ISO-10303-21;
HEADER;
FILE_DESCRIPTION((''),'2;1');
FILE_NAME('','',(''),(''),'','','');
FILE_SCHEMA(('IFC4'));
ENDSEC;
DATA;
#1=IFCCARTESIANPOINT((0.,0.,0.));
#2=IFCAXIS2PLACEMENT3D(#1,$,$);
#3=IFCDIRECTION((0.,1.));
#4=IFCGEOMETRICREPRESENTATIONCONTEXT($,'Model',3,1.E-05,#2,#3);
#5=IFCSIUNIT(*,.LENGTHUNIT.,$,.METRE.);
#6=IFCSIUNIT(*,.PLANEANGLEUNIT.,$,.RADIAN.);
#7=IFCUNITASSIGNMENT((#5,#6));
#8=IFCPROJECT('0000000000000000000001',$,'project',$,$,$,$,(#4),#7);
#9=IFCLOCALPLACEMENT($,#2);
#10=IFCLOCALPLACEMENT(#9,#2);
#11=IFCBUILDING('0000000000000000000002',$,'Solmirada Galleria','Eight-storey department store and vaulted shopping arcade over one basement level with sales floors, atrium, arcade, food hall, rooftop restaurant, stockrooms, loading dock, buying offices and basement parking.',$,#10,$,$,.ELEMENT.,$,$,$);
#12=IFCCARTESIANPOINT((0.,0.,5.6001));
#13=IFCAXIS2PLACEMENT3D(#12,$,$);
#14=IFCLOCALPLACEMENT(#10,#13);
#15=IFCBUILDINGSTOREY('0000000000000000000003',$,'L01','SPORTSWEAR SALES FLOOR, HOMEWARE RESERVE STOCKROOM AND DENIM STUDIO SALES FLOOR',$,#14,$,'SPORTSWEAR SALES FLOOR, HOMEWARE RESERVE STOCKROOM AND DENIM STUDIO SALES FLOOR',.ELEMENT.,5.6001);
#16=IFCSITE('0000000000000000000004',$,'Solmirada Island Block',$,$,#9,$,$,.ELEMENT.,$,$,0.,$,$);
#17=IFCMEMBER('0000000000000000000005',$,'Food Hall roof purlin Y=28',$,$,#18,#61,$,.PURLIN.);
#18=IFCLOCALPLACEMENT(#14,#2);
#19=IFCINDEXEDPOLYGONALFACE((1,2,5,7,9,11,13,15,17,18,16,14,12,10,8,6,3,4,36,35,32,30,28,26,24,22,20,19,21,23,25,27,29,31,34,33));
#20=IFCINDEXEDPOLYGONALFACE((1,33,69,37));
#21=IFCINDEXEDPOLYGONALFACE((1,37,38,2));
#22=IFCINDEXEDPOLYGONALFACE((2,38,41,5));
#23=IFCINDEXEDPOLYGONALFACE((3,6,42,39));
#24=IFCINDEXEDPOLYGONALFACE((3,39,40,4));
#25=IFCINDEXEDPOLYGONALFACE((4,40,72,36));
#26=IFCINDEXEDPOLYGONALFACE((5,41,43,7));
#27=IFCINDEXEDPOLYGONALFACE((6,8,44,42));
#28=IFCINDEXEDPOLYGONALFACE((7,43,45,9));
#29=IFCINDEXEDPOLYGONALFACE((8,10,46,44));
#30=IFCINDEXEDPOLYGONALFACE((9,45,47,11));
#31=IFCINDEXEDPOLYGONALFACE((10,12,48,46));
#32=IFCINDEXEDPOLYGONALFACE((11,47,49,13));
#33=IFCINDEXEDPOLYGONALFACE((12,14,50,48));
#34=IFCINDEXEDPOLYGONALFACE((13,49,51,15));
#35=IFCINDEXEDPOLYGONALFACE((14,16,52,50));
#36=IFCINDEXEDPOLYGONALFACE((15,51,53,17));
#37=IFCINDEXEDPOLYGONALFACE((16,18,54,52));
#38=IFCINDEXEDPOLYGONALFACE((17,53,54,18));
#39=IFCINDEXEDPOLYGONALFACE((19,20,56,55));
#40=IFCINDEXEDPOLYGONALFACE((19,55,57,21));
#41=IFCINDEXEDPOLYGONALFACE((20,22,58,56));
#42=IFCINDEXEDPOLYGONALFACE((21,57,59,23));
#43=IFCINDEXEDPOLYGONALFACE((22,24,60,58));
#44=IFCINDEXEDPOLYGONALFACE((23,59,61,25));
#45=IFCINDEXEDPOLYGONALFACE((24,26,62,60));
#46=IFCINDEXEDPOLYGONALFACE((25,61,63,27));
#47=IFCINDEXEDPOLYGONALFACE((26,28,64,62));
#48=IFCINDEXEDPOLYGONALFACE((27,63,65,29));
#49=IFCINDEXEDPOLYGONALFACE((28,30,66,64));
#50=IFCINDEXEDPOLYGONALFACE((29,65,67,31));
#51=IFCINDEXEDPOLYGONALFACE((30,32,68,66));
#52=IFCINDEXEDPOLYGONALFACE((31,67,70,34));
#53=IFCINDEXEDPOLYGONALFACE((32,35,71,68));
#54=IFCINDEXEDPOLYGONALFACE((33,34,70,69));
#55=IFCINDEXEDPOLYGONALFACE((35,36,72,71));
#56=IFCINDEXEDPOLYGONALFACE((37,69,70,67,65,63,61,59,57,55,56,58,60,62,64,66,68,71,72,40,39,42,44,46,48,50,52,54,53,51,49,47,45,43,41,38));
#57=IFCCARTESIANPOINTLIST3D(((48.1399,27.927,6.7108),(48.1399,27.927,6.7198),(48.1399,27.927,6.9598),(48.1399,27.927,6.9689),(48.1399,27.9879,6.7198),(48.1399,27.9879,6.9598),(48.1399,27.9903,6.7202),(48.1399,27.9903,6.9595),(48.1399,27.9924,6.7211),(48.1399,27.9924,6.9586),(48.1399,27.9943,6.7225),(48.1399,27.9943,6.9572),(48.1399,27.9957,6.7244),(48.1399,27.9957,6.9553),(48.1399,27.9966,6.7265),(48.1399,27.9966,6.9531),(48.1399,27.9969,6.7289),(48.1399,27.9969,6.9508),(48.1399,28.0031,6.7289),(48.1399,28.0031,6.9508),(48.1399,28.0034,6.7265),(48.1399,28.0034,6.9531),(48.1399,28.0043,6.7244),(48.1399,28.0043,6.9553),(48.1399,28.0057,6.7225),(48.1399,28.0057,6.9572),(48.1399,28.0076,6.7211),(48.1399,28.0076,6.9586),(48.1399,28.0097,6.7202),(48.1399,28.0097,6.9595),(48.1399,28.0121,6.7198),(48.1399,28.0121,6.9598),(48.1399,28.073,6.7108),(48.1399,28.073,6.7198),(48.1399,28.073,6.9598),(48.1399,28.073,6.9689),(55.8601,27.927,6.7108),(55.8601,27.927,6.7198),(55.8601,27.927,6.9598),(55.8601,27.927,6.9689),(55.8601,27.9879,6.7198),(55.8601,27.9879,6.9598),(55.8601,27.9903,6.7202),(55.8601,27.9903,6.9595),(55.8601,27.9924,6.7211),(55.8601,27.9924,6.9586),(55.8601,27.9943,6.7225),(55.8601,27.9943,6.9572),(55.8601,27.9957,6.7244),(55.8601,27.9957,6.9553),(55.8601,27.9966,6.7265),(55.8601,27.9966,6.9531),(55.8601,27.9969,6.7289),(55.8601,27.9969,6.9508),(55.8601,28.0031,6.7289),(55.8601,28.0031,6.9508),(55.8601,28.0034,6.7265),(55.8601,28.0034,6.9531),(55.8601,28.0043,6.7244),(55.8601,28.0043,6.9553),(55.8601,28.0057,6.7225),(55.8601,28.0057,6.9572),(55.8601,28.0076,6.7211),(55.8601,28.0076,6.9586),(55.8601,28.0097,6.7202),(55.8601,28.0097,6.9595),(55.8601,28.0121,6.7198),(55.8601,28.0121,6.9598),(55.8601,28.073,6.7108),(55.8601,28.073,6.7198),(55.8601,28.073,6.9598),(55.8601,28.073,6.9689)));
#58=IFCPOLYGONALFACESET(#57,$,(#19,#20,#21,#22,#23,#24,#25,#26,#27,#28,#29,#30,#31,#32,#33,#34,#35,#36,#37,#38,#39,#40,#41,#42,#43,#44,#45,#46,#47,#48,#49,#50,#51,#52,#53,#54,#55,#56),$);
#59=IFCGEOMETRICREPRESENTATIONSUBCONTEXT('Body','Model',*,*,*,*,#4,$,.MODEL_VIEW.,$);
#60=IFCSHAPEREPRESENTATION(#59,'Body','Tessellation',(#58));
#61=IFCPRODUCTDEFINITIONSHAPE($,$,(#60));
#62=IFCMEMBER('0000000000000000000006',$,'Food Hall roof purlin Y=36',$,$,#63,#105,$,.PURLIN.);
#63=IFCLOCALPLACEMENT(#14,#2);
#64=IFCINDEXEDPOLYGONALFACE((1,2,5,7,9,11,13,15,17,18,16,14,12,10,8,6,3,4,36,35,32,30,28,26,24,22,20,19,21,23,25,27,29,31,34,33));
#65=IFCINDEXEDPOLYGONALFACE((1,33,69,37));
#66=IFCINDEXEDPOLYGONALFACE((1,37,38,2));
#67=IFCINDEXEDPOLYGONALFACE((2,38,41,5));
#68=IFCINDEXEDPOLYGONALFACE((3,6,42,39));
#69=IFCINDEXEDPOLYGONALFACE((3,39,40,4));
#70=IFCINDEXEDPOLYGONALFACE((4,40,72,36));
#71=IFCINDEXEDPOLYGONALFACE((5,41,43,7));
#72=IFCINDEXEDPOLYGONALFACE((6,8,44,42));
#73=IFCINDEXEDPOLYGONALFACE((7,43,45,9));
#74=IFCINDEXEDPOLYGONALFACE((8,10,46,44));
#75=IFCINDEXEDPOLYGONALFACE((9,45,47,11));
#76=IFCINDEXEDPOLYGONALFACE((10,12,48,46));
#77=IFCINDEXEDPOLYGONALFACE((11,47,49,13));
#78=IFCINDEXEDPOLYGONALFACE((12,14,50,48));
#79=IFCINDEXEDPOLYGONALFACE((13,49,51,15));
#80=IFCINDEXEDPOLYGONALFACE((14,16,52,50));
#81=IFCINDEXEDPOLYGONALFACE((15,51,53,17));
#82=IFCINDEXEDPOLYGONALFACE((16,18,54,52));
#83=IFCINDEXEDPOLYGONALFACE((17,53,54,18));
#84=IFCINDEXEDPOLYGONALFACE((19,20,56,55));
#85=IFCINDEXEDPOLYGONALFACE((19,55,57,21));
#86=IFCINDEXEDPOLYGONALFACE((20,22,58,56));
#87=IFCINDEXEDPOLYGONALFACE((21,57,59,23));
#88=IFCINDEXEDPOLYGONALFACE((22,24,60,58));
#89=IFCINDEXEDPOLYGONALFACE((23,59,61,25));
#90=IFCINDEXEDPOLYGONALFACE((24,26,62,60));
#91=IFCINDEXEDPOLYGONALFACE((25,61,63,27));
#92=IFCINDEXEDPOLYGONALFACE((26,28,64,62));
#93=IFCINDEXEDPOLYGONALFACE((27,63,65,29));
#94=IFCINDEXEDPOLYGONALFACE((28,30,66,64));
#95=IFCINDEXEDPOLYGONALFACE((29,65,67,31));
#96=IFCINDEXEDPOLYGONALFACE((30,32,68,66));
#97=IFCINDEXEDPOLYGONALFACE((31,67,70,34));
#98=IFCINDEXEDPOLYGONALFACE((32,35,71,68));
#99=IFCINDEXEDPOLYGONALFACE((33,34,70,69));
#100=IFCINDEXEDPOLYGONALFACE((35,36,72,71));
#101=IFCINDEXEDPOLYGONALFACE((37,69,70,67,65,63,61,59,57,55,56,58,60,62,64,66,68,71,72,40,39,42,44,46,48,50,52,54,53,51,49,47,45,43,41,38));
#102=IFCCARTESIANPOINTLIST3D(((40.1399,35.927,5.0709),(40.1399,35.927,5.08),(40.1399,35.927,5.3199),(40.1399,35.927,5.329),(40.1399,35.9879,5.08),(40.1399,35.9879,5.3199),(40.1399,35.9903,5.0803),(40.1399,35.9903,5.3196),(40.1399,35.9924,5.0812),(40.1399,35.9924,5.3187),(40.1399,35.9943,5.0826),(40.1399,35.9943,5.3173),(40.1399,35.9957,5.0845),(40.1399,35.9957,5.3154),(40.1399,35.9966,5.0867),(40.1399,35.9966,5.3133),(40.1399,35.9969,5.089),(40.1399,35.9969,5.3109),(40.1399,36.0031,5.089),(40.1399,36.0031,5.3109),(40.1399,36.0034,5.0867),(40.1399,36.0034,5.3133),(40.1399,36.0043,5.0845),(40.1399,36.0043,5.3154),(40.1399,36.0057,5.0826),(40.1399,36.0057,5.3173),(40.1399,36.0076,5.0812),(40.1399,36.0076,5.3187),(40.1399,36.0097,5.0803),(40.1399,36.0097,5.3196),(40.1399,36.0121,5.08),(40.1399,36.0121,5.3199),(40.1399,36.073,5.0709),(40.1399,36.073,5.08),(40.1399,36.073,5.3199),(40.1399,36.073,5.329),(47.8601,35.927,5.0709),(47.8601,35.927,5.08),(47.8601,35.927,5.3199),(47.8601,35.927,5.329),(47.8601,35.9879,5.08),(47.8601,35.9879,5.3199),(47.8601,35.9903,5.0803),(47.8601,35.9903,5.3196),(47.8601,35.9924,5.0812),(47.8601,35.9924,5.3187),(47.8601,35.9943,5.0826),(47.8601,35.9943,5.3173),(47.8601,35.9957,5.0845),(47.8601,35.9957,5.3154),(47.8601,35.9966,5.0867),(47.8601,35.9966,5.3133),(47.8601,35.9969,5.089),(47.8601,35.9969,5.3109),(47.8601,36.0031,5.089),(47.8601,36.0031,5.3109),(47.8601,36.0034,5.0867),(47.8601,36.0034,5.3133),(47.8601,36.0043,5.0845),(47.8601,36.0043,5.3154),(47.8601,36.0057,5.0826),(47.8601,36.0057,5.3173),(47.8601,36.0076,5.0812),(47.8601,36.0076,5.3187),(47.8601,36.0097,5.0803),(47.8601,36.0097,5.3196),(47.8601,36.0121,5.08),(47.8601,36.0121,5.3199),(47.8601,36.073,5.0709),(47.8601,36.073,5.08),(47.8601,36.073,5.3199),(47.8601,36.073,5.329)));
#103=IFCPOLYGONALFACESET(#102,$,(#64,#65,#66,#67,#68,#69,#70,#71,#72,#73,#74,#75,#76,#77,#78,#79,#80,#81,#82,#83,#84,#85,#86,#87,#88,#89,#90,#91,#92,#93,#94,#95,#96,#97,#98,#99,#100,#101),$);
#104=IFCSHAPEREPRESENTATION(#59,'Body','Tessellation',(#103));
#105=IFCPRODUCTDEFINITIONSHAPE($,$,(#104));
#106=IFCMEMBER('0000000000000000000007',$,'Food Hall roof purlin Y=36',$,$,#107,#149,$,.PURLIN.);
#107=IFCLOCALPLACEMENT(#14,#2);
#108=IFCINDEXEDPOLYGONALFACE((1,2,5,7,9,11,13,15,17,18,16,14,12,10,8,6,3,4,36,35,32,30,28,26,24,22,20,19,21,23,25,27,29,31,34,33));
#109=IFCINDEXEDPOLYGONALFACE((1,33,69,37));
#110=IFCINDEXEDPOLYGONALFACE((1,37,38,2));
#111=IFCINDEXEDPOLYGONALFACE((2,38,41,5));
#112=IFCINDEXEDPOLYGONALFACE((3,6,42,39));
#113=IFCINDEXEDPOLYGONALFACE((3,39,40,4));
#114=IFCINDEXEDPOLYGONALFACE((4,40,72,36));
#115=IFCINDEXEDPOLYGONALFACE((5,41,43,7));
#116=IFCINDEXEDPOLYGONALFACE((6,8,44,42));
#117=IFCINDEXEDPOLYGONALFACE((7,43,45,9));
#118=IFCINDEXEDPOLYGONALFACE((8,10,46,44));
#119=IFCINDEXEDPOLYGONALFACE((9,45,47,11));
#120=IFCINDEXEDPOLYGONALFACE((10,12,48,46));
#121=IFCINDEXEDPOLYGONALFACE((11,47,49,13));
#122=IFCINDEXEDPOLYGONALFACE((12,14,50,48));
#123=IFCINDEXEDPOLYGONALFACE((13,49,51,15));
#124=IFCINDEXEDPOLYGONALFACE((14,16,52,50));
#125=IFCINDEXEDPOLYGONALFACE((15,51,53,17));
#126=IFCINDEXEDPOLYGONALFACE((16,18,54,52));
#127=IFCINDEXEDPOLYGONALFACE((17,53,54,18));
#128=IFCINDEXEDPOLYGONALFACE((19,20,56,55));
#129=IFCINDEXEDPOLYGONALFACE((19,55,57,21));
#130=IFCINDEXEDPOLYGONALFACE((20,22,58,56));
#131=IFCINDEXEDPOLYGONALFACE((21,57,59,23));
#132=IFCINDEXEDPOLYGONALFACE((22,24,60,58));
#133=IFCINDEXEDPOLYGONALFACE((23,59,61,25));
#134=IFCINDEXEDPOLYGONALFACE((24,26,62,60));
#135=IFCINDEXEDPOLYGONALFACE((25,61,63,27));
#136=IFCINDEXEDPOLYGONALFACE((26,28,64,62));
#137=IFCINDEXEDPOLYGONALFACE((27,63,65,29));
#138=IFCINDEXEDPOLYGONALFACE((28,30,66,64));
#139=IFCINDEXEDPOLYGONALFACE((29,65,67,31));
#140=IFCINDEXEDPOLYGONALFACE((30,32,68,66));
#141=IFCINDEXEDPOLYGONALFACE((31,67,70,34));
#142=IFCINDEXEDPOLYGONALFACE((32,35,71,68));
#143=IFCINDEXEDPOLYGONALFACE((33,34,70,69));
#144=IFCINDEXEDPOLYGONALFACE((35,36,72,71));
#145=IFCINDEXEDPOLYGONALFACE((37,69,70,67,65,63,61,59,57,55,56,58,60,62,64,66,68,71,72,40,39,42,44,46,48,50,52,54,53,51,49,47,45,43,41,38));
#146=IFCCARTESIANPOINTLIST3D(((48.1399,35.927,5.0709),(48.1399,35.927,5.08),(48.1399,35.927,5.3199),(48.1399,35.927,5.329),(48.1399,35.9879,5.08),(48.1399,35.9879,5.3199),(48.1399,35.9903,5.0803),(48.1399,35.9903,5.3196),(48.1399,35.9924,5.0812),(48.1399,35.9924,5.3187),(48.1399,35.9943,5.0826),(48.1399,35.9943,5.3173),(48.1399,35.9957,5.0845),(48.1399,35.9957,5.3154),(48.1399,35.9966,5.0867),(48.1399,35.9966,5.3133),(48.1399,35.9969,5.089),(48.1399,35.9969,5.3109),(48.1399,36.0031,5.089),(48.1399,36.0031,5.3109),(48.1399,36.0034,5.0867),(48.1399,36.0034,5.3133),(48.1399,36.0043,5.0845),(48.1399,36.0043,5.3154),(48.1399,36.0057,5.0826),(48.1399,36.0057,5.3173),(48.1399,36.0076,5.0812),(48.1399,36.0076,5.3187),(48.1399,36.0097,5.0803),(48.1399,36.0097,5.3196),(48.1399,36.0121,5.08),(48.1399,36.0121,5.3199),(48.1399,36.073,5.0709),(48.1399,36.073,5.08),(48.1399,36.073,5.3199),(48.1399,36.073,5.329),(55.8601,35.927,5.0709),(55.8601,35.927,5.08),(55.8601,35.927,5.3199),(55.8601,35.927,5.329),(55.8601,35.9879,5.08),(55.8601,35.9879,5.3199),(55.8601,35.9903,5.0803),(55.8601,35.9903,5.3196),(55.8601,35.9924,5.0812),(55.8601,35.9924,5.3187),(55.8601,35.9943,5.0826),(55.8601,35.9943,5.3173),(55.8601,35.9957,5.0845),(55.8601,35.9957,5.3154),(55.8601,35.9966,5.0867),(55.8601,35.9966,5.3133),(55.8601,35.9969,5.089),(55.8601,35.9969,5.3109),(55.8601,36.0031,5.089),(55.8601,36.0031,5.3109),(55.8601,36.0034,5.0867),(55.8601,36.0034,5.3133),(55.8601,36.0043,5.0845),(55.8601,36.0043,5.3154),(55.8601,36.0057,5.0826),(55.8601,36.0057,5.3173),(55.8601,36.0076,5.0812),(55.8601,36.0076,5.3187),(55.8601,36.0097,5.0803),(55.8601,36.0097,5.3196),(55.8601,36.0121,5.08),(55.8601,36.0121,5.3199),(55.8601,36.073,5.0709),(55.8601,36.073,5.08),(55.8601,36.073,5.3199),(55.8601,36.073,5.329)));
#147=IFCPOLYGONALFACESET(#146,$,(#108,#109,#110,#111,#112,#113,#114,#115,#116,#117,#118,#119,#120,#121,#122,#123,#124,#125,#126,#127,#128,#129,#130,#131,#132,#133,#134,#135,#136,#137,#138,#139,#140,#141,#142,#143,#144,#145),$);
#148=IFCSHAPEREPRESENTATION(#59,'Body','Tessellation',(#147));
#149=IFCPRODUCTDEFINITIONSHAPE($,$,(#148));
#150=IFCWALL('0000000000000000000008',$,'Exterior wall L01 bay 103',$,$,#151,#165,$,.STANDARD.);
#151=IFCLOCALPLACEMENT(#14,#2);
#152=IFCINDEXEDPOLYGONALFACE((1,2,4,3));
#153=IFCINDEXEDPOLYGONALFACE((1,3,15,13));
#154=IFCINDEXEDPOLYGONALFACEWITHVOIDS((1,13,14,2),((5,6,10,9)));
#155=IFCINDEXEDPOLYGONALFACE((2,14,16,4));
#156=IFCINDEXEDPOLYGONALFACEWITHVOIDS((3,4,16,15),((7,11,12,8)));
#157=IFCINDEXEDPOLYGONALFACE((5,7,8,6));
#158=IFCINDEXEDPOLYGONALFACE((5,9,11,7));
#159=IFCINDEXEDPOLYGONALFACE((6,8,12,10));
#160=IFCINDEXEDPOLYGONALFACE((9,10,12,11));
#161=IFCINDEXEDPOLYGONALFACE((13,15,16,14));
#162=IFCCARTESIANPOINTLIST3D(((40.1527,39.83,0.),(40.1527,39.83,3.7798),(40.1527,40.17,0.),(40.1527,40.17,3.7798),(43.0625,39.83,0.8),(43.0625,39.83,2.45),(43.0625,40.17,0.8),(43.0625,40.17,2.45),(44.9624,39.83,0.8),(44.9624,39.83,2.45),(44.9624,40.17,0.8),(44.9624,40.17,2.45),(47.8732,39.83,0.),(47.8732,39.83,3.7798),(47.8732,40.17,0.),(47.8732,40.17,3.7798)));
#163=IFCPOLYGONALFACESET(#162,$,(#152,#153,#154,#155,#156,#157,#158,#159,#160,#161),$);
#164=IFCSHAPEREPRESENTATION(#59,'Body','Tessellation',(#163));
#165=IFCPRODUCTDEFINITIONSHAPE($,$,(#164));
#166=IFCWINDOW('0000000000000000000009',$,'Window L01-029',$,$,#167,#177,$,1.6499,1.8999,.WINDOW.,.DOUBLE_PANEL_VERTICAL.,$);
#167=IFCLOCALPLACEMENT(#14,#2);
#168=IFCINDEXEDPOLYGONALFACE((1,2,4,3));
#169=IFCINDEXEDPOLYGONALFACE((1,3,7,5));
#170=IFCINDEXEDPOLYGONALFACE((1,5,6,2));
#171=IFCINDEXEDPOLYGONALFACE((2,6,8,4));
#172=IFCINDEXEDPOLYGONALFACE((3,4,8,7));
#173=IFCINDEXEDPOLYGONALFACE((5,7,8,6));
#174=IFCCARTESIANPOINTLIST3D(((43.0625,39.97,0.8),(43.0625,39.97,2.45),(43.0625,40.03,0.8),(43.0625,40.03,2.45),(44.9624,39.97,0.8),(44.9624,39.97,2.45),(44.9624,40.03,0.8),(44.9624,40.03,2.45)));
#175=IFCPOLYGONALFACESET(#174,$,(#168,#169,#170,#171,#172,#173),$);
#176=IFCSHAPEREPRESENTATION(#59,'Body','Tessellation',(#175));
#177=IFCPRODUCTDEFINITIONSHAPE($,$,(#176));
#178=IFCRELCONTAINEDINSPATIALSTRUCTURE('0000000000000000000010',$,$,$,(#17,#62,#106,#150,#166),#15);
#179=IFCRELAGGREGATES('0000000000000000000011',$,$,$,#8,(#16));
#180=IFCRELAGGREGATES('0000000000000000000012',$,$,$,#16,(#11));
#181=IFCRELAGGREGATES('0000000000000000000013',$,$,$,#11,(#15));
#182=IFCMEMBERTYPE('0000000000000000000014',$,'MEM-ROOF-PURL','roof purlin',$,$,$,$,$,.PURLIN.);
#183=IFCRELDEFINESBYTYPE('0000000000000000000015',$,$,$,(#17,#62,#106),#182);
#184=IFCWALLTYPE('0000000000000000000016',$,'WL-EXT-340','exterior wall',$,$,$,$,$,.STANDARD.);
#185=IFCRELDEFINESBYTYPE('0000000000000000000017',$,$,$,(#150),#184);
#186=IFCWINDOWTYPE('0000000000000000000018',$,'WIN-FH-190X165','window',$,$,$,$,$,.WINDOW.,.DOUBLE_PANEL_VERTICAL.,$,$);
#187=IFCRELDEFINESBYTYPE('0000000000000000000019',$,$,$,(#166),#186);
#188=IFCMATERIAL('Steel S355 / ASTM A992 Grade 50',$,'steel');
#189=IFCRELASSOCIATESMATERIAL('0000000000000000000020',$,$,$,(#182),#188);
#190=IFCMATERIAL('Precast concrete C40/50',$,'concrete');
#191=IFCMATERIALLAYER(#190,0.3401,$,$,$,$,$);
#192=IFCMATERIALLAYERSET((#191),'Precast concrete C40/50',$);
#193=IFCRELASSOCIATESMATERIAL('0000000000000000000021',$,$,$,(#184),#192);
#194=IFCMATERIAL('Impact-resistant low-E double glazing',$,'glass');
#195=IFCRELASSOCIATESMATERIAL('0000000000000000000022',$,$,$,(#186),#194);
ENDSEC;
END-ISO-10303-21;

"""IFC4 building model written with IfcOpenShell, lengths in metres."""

from ifc_helpers import new_model, si_unit, direction, frame, frame_2d, origin, origin_2d, place, context, subcontext, project, spatial, rectangle, i_section, extrude, material, layer, layer_set, material_profile, profile_set, type_object, element, fill, save


model = new_model("IFC4")

# Units and contexts
model_context = context("Model", 3, precision=1e-05, world=origin(), true_north=direction((0.0, 1.0)))
body_context = subcontext(model_context, "Body", "Model", "MODEL_VIEW")
ifc_project = project(units=[si_unit("LENGTHUNIT", "METRE"), si_unit("PLANEANGLEUNIT", "RADIAN")], contexts=[model_context])

# Site, building, storey
site_placement = place(None, origin())
site = spatial("IfcSite", under=ifc_project, at=site_placement, Name="Solmirada Island Block", CompositionType="ELEMENT", RefElevation=0.0)
building_placement = place(site_placement, origin())
building = spatial("IfcBuilding", under=site, at=building_placement, Name="Solmirada Galleria", Description="Eight-storey department store and vaulted shopping arcade over one basement level with sales floors, atrium, arcade, food hall, rooftop restaurant, stockrooms, loading dock, buying offices and basement parking.", CompositionType="ELEMENT")
storey_placement = place(building_placement, frame((0.0, 0.0, 5.6001)))
storey = spatial("IfcBuildingStorey", under=building, at=storey_placement, Name="L01", Description="SPORTSWEAR SALES FLOOR, HOMEWARE RESERVE STOCKROOM AND DENIM STUDIO SALES FLOOR", LongName="SPORTSWEAR SALES FLOOR, HOMEWARE RESERVE STOCKROOM AND DENIM STUDIO SALES FLOOR", CompositionType="ELEMENT", Elevation=5.6001)

# Members
ifc_material_1 = material(Name="Steel S355 / ASTM A992 Grade 50", Category="steel")
ifc_material_profile_1 = material_profile(ifc_material_1, i_section(OverallWidth=0.146, OverallDepth=0.2581, WebThickness=0.0061, FlangeThickness=0.009, FilletRadius=0.009, at=origin_2d()), Name="W10X22")
ifc_profile_set_1 = profile_set([ifc_material_profile_1], Name="Steel S355 / ASTM A992 Grade 50")
member_type_1 = type_object("IfcMemberType", Name="MEM-ROOF-PURL", Description="roof purlin", PredefinedType="PURLIN", material=ifc_profile_set_1)
for number, where, z_axis, x_axis, name in (
    (1, (48.1399, 28.0, 6.8398), (1.0, 0.0, 0.0), (0.0, 1.0, 0.0), "Food Hall roof purlin Y=28"),
    (2, (40.1399, 36.0, 5.2), (1.0, 0.0, 0.0), (0.0, 1.0, 0.0), "Food Hall roof purlin Y=36"),
    (3, (48.1399, 36.0, 5.2), (1.0, 0.0, 0.0), (0.0, 1.0, 0.0), "Food Hall roof purlin Y=36"),
):
    element("IfcMember", number, at=place(storey_placement, frame(where, z_axis=z_axis, x_axis=x_axis)), inside=storey, type_object=member_type_1, Name=name, PredefinedType="PURLIN", context=body_context, shape_type="SweptSolid", body=[
        extrude(i_section(OverallWidth=0.146, OverallDepth=0.2581, WebThickness=0.0061, FlangeThickness=0.009, FilletRadius=0.009, at=origin_2d()), origin(), (0.0, 0.0, 1.0), 7.7202),
    ])

# Wall, opening, window
ifc_material_2 = material(Name="Precast concrete C40/50", Category="concrete")
ifc_layer_1 = layer(ifc_material_2, 0.3401)
ifc_layer_set_1 = layer_set([ifc_layer_1], Name="Precast concrete C40/50")
wall_type = type_object("IfcWallType", Name="WL-EXT-340", Description="exterior wall", PredefinedType="STANDARD", material=ifc_layer_set_1)
wall_1_placement = place(storey_placement, frame((40.1526, 40.0, 0.0), z_axis=(0.0, 0.0, 1.0), x_axis=(1.0, 0.0, 0.0)))
wall_1 = element("IfcWall", 4, at=wall_1_placement, inside=storey, type_object=wall_type, Name="Exterior wall L01 bay 103", PredefinedType="STANDARD", context=body_context, shape_type="SweptSolid", body=[
    extrude(rectangle(XDim=7.7205, YDim=0.3401, at=frame_2d((3.8604, 0.0))), origin(), (0.0, 0.0, 1.0), 3.7798),
])
opening_1_placement = place(wall_1_placement, frame((2.9099, 0.0, 0.8)))
opening_1 = element("IfcOpeningElement", 5, at=opening_1_placement, cuts=wall_1, PredefinedType="OPENING", context=body_context, shape_type="SweptSolid", body=[
    extrude(rectangle(XDim=1.8999, YDim=1.6499, at=frame_2d((0.95, 0.825))), frame((0.0, 0.1799, 0.0), z_axis=(0.0, -1.0, 0.0), x_axis=(1.0, 0.0, 0.0)), (0.0, 0.0, 1.0), 0.3601),
])
ifc_material_3 = material(Name="Impact-resistant low-E double glazing", Category="glass")
window_type = type_object("IfcWindowType", Name="WIN-FH-190X165", Description="window", PartitioningType="DOUBLE_PANEL_VERTICAL", PredefinedType="WINDOW", material=ifc_material_3)
window_1_placement = place(opening_1_placement, origin())
window_1 = element("IfcWindow", 6, at=window_1_placement, inside=storey, type_object=window_type, Name="Window L01-029", OverallHeight=1.6499, OverallWidth=1.8999, PartitioningType="DOUBLE_PANEL_VERTICAL", PredefinedType="WINDOW", context=body_context, shape_type="SweptSolid", body=[
    extrude(rectangle(XDim=1.8999, YDim=1.6499, at=frame_2d((0.95, 0.825))), frame((0.0, 0.03, 0.0), z_axis=(0.0, -1.0, 0.0), x_axis=(1.0, 0.0, 0.0)), (0.0, 0.0, 1.0), 0.0601),
])
fill(opening_1, window_1)

save(model, "model.ifc")
